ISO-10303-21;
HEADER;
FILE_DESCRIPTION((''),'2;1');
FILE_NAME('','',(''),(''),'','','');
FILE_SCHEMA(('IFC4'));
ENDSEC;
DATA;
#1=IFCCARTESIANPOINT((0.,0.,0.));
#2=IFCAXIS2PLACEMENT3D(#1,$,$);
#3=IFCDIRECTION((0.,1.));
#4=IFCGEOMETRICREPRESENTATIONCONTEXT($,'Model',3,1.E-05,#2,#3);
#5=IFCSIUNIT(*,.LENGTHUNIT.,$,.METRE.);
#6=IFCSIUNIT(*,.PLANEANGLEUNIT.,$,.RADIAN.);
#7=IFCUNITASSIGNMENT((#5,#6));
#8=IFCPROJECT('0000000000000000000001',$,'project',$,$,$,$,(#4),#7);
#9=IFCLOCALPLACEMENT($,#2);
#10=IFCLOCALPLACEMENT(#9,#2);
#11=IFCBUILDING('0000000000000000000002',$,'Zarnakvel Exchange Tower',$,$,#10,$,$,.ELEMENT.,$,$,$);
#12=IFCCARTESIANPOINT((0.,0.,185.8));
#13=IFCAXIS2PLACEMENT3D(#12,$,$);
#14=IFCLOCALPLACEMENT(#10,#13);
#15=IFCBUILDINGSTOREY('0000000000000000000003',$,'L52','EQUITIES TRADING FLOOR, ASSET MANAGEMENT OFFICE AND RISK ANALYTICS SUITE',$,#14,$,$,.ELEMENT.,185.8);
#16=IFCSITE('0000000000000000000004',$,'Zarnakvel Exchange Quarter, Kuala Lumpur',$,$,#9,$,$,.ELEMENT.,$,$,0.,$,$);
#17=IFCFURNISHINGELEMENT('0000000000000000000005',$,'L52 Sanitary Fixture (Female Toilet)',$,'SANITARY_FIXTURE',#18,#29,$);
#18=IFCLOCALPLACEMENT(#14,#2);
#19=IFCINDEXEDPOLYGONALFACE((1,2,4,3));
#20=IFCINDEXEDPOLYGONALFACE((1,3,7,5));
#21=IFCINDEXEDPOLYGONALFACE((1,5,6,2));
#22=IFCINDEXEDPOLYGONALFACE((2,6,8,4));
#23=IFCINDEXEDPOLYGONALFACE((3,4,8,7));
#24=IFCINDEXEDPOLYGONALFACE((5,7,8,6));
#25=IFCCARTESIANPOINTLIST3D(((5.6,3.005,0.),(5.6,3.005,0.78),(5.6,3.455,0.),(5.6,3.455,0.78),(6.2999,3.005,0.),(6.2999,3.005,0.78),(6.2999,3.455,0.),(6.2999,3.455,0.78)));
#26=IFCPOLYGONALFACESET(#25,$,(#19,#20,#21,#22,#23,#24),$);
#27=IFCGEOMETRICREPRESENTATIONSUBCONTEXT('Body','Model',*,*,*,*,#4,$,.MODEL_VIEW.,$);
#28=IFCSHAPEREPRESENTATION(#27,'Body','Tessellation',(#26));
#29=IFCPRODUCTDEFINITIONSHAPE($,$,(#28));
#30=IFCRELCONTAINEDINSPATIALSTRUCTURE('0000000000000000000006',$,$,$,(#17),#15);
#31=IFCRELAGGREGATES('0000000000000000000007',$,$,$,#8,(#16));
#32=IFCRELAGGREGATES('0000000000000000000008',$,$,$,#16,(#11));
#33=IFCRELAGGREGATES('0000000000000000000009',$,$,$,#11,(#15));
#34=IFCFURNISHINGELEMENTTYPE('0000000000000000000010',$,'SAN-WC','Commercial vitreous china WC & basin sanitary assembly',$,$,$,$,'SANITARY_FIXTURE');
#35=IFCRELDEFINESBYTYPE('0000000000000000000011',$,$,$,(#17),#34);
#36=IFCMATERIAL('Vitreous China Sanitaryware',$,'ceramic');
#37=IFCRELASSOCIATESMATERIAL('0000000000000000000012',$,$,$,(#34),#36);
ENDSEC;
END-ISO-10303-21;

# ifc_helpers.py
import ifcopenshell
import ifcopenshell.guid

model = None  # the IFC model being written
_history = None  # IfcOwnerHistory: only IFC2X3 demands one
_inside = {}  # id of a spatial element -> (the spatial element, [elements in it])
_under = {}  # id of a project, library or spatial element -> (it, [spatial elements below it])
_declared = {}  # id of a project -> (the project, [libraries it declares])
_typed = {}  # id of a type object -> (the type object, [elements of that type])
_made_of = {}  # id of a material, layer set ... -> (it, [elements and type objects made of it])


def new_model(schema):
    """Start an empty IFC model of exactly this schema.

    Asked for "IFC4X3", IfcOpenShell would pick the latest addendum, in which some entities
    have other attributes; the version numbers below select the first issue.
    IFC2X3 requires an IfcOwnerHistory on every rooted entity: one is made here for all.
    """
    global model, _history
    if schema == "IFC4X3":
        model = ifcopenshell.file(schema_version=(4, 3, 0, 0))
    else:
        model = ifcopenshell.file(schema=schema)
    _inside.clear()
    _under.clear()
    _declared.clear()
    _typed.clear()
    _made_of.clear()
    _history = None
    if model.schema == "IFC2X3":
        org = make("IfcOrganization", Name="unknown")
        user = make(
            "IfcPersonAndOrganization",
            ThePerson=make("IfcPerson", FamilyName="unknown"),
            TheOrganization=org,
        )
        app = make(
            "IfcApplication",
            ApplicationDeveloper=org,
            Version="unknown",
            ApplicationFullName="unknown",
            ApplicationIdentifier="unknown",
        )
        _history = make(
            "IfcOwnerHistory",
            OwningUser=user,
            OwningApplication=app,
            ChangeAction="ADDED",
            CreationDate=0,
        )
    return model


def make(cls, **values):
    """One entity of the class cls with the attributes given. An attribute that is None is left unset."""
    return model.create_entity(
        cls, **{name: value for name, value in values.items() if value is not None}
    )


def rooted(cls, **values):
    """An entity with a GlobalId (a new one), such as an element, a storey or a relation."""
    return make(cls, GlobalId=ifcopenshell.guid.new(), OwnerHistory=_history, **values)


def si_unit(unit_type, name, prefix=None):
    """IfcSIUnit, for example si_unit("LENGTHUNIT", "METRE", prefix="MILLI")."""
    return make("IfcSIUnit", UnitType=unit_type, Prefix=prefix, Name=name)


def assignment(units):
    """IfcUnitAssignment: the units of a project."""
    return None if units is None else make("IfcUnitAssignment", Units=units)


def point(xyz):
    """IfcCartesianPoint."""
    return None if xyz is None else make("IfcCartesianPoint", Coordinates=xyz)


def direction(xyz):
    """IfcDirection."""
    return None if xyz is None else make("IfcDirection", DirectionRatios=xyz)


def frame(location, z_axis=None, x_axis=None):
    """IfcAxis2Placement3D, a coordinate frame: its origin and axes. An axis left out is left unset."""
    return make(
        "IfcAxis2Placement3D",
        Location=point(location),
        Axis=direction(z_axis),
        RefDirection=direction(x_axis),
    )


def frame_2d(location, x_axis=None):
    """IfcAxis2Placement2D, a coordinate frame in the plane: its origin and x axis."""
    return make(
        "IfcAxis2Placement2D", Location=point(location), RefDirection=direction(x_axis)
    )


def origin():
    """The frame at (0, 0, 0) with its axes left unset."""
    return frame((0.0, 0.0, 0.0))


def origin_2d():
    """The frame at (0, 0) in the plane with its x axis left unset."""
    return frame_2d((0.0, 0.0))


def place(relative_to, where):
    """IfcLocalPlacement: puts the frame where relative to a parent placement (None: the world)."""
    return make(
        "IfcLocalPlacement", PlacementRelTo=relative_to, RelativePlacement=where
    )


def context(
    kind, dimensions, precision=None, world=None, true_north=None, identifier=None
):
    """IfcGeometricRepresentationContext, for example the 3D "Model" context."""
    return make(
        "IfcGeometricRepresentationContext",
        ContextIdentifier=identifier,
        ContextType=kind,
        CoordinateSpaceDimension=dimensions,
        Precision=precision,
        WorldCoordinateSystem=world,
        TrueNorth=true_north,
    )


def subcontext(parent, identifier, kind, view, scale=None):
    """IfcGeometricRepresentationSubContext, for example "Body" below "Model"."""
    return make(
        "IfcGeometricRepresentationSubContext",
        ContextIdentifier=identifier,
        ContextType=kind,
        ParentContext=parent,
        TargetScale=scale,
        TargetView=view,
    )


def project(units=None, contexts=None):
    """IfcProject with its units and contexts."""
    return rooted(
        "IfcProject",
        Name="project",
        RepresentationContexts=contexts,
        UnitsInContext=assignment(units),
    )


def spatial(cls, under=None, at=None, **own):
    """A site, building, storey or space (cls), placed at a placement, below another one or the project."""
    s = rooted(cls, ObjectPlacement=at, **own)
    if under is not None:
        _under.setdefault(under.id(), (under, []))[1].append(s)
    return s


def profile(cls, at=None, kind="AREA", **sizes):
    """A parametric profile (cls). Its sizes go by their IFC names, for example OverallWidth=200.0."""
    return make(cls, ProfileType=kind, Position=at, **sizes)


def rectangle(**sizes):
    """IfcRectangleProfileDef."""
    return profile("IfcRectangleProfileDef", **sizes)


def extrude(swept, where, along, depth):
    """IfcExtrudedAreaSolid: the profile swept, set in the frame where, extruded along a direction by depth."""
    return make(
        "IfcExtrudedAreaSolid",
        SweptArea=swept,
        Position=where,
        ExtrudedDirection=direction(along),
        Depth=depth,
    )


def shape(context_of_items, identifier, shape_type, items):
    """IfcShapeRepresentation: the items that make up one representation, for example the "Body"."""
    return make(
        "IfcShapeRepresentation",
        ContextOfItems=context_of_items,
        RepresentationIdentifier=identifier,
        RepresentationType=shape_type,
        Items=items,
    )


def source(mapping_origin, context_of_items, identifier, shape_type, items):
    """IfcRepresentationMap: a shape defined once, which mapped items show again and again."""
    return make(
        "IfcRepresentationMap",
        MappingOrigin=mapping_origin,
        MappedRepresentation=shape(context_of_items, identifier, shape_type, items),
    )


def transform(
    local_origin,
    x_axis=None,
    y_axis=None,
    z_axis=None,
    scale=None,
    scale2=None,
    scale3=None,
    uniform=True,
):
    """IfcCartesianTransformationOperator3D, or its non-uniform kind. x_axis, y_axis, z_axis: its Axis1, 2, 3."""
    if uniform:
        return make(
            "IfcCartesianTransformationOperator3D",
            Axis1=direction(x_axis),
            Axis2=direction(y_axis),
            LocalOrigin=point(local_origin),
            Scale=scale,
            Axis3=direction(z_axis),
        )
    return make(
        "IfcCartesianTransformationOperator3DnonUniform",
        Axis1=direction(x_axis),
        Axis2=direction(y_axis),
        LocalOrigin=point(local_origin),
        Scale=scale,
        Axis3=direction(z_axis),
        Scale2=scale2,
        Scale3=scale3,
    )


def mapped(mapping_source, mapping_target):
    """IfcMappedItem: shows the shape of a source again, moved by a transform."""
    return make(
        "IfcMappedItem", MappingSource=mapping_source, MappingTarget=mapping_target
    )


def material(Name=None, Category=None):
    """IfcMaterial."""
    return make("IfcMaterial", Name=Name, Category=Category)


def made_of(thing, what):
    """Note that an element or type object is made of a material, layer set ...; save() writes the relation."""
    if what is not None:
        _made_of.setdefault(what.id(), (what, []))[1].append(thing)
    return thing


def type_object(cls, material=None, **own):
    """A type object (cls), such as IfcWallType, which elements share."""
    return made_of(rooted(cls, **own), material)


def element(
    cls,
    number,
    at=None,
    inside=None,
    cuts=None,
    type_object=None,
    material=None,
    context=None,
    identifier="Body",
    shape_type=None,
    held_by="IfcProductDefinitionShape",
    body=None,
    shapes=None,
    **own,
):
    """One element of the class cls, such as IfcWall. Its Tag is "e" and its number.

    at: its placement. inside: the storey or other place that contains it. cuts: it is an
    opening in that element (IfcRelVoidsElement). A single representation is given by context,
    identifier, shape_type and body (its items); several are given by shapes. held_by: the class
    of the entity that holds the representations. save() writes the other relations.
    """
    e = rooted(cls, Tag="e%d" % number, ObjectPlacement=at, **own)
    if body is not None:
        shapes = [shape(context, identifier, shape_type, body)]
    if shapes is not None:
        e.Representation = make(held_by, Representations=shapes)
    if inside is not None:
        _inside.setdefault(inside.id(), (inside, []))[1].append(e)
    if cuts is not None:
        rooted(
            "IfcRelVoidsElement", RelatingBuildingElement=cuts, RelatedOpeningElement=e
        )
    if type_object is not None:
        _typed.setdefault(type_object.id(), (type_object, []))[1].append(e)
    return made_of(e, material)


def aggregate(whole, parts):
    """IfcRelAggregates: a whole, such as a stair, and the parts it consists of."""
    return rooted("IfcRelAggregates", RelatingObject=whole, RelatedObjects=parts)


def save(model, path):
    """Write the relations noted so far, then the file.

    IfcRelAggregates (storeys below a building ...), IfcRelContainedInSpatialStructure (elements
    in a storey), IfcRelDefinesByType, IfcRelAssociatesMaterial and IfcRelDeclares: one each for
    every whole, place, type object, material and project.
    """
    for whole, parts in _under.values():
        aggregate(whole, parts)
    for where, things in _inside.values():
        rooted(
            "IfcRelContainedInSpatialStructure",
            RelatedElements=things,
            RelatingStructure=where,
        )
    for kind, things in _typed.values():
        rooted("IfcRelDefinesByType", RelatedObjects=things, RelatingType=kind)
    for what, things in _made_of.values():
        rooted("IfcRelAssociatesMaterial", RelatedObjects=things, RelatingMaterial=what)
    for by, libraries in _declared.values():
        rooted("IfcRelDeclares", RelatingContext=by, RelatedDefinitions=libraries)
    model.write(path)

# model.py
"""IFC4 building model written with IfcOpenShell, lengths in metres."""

from ifc_helpers import new_model, si_unit, direction, frame, origin, origin_2d, place, context, subcontext, project, spatial, rectangle, extrude, source, transform, mapped, material, type_object, element, save


model = new_model("IFC4")

# Units and contexts
model_context = context("Model", 3, precision=1e-05, world=origin(), true_north=direction((0.0, 1.0)))
body_context = subcontext(model_context, "Body", "Model", "MODEL_VIEW")
ifc_project = project(units=[si_unit("LENGTHUNIT", "METRE"), si_unit("PLANEANGLEUNIT", "RADIAN")], contexts=[model_context])

# Site, building, storey
site_placement = place(None, origin())
site = spatial("IfcSite", under=ifc_project, at=site_placement, Name="Zarnakvel Exchange Quarter, Kuala Lumpur", CompositionType="ELEMENT", RefElevation=0.0)
building_placement = place(site_placement, origin())
building = spatial("IfcBuilding", under=site, at=building_placement, Name="Zarnakvel Exchange Tower", CompositionType="ELEMENT")
storey_placement = place(building_placement, frame((0.0, 0.0, 185.8)))
storey = spatial("IfcBuildingStorey", under=building, at=storey_placement, Name="L52", Description="EQUITIES TRADING FLOOR, ASSET MANAGEMENT OFFICE AND RISK ANALYTICS SUITE", CompositionType="ELEMENT", Elevation=185.8)

# Furnishing element
ifc_material_1 = material(Name="Vitreous China Sanitaryware", Category="ceramic")
furnishing_element_type = type_object("IfcFurnishingElementType", Name="SAN-WC", Description="Commercial vitreous china WC & basin sanitary assembly", ElementType="SANITARY_FIXTURE", material=ifc_material_1)
shared_shape_1 = source(origin(), body_context, "Body", "SweptSolid", [
    extrude(rectangle(XDim=0.7, YDim=0.45, at=origin_2d()), origin(), (0.0, 0.0, 1.0), 0.78),
])
furnishing_placement = place(storey_placement, frame((5.95, 3.23, 0.0), z_axis=(0.0, 0.0, 1.0), x_axis=(1.0, 0.0, 0.0)))
element("IfcFurnishingElement", 1, at=furnishing_placement, inside=storey, type_object=furnishing_element_type, Name="L52 Sanitary Fixture (Female Toilet)", ObjectType="SANITARY_FIXTURE", context=body_context, shape_type="MappedRepresentation", body=[
    mapped(shared_shape_1, transform((0.0, 0.0, 0.0), x_axis=(1.0, 0.0, 0.0), y_axis=(0.0, 1.0, 0.0), z_axis=(0.0, 0.0, 1.0), scale=1.0)),
])

save(model, "model.ifc")
